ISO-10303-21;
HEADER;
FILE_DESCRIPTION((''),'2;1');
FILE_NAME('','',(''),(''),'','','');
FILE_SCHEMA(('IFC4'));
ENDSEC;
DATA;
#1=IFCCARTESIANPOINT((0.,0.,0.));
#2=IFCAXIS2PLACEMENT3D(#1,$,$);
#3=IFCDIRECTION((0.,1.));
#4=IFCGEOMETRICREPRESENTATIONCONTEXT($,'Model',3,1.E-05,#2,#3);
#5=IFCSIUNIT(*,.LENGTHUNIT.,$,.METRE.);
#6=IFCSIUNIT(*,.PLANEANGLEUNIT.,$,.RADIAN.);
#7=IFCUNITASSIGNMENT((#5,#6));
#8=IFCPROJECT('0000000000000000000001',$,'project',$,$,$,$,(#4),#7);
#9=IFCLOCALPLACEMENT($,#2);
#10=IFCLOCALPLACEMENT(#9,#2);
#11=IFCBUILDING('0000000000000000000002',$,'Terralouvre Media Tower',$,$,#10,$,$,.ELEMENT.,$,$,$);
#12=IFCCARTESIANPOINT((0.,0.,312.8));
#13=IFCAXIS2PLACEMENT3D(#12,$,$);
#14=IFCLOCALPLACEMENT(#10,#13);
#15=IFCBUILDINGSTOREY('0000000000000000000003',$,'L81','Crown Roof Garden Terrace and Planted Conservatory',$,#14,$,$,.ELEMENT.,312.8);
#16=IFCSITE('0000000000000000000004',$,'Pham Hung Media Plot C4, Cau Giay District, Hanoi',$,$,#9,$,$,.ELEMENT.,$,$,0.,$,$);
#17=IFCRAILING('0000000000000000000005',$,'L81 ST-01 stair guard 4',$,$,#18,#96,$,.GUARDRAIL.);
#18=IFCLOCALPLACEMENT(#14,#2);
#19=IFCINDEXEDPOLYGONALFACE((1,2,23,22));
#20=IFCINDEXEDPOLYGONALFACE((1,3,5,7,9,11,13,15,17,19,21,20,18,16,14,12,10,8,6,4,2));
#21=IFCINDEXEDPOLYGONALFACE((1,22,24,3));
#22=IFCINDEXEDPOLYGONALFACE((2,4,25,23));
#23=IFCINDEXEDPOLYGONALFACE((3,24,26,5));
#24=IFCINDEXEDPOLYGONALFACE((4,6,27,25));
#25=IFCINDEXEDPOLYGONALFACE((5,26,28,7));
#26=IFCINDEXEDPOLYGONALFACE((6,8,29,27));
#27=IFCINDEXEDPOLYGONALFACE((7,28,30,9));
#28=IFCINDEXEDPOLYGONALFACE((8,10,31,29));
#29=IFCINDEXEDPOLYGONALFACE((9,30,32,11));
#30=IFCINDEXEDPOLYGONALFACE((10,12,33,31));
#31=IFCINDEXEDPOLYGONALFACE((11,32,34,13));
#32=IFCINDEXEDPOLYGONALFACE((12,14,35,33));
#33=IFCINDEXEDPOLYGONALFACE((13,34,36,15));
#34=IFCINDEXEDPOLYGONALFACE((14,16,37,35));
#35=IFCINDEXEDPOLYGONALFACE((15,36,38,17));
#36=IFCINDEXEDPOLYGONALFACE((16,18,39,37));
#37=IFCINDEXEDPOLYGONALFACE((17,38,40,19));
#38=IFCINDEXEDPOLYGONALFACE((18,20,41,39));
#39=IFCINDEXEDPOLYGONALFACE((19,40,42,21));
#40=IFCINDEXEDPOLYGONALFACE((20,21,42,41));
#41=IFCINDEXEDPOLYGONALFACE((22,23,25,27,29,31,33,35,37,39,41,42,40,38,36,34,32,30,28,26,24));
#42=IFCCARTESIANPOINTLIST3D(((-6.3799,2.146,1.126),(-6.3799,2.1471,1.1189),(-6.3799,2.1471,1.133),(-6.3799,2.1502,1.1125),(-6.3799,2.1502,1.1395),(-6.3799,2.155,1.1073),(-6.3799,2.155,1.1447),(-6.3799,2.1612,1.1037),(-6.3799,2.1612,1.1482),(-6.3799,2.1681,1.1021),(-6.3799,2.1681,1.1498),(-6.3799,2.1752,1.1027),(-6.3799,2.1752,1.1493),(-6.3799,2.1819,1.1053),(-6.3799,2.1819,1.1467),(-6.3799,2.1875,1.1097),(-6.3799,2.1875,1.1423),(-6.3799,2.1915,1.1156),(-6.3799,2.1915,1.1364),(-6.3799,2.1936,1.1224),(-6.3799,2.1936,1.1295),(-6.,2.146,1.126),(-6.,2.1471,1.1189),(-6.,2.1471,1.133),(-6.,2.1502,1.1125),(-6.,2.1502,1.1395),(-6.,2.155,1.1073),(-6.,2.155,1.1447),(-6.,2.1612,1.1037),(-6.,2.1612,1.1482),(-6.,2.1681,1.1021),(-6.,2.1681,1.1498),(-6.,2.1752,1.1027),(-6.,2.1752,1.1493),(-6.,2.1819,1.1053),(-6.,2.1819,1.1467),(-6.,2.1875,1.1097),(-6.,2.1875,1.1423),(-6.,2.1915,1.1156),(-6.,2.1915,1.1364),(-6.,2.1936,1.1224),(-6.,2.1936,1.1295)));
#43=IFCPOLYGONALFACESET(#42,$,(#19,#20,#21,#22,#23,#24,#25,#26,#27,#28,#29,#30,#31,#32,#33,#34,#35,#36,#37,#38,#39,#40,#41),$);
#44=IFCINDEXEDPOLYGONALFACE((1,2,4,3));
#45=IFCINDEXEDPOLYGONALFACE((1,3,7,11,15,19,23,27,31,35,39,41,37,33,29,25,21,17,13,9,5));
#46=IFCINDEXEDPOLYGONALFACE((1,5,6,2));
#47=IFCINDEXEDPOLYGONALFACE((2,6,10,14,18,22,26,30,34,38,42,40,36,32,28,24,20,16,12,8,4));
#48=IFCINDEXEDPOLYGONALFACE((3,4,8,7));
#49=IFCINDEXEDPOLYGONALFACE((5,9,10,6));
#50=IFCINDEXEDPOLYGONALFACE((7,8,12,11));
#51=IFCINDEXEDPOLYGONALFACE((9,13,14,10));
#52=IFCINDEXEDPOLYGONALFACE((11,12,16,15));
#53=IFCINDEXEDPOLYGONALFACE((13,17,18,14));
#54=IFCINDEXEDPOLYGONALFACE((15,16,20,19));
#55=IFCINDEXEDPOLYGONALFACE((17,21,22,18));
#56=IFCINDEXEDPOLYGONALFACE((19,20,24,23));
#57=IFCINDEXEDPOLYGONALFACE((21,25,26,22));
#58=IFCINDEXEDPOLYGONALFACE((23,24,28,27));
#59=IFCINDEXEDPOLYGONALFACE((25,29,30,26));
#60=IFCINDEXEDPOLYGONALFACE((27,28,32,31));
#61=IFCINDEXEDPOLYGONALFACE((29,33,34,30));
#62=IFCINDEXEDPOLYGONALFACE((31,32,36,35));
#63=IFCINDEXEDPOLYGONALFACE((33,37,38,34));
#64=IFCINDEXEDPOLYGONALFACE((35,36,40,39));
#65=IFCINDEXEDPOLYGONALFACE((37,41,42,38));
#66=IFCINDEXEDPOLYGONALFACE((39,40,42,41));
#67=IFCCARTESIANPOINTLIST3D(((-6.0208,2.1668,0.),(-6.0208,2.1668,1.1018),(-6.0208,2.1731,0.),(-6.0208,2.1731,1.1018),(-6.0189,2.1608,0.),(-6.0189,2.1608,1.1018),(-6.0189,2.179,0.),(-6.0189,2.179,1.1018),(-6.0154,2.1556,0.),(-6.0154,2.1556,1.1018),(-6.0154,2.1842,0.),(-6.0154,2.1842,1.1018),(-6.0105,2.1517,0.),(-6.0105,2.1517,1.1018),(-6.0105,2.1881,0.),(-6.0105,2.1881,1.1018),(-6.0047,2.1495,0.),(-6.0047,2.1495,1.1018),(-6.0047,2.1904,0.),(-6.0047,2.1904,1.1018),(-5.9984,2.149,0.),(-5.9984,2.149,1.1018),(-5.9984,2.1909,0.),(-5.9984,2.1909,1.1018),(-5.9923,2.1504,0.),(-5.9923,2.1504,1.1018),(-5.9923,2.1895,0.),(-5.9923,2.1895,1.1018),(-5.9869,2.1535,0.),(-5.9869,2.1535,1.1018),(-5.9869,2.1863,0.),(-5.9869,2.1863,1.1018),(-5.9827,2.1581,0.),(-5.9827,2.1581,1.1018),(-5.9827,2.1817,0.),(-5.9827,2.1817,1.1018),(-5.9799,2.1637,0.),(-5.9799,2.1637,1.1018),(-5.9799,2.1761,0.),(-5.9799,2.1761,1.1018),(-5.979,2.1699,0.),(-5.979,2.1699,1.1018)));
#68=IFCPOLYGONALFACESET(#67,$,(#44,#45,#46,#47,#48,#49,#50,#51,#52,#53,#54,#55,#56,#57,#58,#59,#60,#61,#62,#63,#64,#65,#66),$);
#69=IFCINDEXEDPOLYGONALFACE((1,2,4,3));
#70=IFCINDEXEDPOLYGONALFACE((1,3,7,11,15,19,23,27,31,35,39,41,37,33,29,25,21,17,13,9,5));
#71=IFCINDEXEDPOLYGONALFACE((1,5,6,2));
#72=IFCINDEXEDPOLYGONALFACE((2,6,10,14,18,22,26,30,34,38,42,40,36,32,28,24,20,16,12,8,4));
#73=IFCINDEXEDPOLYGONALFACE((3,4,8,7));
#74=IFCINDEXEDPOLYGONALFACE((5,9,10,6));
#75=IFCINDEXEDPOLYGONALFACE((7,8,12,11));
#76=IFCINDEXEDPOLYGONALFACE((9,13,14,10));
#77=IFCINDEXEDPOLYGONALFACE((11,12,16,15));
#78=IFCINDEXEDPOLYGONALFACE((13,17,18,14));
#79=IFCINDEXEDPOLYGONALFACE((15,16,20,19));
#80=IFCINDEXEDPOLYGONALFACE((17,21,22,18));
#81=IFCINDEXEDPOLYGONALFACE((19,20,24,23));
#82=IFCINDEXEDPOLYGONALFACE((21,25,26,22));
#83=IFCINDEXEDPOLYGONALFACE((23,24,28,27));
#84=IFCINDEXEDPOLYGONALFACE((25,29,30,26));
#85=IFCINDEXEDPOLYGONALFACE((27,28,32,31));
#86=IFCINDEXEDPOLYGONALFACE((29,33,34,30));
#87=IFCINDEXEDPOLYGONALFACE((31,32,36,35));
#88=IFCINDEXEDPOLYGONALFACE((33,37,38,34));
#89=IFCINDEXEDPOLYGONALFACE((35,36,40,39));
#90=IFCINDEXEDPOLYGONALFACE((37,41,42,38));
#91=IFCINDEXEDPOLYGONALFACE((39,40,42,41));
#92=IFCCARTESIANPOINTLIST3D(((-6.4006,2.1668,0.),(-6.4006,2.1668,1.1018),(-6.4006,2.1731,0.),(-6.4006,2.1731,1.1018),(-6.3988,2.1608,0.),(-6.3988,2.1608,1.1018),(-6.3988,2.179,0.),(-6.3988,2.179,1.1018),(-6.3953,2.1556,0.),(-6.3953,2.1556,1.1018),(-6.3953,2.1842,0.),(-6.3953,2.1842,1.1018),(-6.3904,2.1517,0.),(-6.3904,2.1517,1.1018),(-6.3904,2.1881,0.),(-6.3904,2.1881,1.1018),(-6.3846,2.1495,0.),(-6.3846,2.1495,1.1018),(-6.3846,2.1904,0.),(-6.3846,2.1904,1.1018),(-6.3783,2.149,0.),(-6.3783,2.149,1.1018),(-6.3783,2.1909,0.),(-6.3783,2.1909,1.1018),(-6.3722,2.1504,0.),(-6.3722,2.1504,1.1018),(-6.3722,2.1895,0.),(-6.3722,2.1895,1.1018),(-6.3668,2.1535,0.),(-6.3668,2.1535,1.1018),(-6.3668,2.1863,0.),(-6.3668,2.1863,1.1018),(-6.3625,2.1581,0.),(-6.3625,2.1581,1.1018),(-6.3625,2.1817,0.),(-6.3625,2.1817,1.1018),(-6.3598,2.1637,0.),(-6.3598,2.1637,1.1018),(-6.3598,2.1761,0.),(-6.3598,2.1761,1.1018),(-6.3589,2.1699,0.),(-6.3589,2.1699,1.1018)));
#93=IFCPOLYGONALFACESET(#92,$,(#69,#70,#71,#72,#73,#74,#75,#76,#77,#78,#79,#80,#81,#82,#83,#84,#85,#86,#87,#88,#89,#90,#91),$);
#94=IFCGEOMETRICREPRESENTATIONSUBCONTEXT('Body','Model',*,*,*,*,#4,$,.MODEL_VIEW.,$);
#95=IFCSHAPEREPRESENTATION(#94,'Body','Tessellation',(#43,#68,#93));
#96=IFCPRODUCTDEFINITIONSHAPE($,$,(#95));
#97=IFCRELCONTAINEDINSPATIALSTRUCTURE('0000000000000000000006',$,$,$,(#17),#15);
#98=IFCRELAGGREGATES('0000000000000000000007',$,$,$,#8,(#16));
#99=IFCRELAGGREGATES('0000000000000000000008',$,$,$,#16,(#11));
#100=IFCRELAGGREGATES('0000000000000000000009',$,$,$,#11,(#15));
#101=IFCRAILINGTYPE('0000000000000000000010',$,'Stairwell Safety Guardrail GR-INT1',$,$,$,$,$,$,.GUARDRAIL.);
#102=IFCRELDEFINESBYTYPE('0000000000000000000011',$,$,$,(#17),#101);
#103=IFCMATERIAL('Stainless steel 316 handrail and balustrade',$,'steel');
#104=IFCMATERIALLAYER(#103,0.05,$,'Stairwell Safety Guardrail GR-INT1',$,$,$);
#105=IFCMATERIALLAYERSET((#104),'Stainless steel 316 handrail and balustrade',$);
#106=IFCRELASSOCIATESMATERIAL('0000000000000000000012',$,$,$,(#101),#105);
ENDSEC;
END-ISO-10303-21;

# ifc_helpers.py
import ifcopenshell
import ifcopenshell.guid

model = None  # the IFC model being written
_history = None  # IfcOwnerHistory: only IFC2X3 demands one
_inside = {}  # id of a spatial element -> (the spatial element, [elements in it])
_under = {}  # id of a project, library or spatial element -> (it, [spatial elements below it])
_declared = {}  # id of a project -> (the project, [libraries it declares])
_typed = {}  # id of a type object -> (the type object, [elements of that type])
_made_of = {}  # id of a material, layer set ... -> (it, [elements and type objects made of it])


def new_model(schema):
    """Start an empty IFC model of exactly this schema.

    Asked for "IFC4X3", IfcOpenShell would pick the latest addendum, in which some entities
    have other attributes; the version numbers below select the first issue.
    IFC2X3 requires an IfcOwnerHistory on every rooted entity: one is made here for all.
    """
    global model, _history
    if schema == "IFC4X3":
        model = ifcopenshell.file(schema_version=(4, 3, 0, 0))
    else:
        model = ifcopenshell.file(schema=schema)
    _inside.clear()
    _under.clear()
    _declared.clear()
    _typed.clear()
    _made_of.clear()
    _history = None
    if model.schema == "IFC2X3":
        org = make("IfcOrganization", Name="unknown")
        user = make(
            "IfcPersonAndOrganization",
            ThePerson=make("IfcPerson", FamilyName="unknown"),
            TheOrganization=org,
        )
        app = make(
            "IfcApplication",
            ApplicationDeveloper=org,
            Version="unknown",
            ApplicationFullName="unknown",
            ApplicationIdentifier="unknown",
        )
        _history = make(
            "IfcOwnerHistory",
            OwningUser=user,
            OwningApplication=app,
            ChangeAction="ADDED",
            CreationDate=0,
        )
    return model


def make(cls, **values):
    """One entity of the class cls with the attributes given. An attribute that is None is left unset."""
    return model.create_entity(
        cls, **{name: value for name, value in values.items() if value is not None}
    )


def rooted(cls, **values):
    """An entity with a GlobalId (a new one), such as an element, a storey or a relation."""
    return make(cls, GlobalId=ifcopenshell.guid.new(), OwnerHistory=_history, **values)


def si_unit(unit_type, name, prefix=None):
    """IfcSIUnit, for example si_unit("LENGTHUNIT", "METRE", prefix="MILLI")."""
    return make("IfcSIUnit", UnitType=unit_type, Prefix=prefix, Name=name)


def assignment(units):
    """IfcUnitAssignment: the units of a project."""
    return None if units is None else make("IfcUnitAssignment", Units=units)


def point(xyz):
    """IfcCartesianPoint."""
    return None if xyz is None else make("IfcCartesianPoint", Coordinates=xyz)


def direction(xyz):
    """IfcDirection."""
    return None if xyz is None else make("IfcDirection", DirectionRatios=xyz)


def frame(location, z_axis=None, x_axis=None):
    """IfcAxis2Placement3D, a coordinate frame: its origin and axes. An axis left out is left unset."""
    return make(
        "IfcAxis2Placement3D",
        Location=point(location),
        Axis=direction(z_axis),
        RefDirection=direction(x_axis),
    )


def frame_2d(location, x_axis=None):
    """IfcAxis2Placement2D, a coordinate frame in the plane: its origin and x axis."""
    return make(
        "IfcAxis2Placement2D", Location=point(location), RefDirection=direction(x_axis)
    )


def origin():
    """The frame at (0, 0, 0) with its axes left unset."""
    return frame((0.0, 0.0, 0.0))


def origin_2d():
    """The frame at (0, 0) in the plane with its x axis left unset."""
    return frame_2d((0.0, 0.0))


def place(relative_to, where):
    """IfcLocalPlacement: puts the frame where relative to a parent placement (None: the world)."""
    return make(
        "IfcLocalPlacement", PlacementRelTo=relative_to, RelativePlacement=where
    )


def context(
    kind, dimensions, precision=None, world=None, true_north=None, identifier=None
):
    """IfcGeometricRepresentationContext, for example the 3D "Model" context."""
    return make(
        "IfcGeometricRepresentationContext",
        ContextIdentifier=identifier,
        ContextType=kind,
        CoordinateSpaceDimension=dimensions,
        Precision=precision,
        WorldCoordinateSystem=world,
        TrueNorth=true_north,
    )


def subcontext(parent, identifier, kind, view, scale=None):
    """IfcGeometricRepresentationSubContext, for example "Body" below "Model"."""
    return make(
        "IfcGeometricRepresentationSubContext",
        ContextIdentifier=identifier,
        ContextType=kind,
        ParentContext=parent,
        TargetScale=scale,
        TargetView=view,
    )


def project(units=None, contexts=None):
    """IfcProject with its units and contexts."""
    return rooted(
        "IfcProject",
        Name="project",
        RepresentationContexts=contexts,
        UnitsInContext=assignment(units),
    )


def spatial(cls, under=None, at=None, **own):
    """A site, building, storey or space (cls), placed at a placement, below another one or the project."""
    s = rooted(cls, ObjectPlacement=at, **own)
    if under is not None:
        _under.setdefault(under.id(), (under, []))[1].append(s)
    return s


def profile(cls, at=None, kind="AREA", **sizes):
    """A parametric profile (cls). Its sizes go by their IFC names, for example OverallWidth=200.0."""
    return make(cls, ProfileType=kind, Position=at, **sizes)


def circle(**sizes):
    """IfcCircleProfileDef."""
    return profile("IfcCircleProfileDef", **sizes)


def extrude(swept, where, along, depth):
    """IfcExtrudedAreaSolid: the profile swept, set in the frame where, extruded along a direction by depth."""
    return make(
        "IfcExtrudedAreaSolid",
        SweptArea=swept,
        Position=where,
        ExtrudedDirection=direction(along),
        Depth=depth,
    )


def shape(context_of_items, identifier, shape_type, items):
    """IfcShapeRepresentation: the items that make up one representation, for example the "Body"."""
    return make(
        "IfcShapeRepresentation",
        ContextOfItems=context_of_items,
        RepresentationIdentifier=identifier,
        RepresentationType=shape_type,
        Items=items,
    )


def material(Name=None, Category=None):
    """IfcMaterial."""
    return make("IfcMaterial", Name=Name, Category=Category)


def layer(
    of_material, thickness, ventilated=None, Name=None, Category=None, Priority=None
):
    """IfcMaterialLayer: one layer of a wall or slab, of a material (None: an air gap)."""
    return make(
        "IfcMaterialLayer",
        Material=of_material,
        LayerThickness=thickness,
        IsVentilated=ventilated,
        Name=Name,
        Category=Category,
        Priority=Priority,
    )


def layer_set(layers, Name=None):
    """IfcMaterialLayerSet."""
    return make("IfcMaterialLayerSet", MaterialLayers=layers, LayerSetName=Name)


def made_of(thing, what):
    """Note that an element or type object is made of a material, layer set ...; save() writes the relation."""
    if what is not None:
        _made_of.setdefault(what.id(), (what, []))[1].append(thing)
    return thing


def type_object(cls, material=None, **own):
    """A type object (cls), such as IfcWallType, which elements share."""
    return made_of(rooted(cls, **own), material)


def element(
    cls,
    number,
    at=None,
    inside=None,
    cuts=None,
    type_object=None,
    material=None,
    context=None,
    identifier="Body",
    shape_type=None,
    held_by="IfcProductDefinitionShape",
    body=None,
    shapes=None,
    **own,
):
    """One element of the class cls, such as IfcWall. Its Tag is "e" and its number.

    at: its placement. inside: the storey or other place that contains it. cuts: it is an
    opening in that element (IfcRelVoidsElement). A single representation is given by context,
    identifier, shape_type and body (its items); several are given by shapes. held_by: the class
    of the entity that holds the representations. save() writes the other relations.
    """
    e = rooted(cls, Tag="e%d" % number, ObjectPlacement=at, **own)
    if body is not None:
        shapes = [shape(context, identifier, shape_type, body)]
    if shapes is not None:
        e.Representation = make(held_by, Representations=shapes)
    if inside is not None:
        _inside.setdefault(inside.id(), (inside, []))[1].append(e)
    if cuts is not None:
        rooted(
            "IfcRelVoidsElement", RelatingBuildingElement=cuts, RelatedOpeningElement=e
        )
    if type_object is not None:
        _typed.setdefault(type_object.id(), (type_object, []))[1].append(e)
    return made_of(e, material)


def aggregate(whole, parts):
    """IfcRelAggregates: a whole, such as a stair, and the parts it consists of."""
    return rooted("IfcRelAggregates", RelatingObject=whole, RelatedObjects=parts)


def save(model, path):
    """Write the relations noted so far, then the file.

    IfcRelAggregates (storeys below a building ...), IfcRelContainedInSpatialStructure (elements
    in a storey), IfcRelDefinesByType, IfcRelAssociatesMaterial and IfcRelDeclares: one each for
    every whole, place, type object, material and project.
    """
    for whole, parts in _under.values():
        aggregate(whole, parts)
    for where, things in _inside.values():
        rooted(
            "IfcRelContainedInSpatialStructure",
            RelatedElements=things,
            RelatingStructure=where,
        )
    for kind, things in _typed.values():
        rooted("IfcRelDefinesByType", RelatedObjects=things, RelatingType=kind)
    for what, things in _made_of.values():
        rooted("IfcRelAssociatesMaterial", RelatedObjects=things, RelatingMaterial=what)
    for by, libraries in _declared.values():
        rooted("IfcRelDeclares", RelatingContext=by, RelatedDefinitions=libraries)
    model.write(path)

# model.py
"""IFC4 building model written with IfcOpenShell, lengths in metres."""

from ifc_helpers import new_model, si_unit, direction, frame, origin, origin_2d, place, context, subcontext, project, spatial, circle, extrude, material, layer, layer_set, type_object, element, save


model = new_model("IFC4")

# Units and contexts
model_context = context("Model", 3, precision=1e-05, world=origin(), true_north=direction((0.0, 1.0)))
body_context = subcontext(model_context, "Body", "Model", "MODEL_VIEW")
ifc_project = project(units=[si_unit("LENGTHUNIT", "METRE"), si_unit("PLANEANGLEUNIT", "RADIAN")], contexts=[model_context])

# Site, building, storey
site_placement = place(None, origin())
site = spatial("IfcSite", under=ifc_project, at=site_placement, Name="Pham Hung Media Plot C4, Cau Giay District, Hanoi", CompositionType="ELEMENT", RefElevation=0.0)
building_placement = place(site_placement, origin())
building = spatial("IfcBuilding", under=site, at=building_placement, Name="Terralouvre Media Tower", CompositionType="ELEMENT")
storey_placement = place(building_placement, frame((0.0, 0.0, 312.8)))
storey = spatial("IfcBuildingStorey", under=building, at=storey_placement, Name="L81", Description="Crown Roof Garden Terrace and Planted Conservatory", CompositionType="ELEMENT", Elevation=312.8)

# Railing
ifc_material_1 = material(Name="Stainless steel 316 handrail and balustrade", Category="steel")
ifc_layer_1 = layer(ifc_material_1, 0.05, Name="Stairwell Safety Guardrail GR-INT1")
ifc_layer_set_1 = layer_set([ifc_layer_1], Name="Stainless steel 316 handrail and balustrade")
railing_type = type_object("IfcRailingType", Name="Stairwell Safety Guardrail GR-INT1", PredefinedType="GUARDRAIL", material=ifc_layer_set_1)
railing_placement = place(storey_placement, frame((-6.0, 2.1699, 0.0)))
element("IfcRailing", 1, at=railing_placement, inside=storey, type_object=railing_type, Name="L81 ST-01 stair guard 4", PredefinedType="GUARDRAIL", context=body_context, shape_type="SweptSolid", body=[
    extrude(circle(Radius=0.0239, at=origin_2d()), frame((0.0, 0.0, 1.126), z_axis=(-1.0, 0.0, 0.0), x_axis=(0.0, -1.0, 0.0)), (0.0, 0.0, 1.0), 0.3799),
    extrude(circle(Radius=0.021, at=origin_2d()), origin(), (0.0, 0.0, 1.0), 1.1018),
    extrude(circle(Radius=0.021, at=origin_2d()), frame((-0.3799, 0.0, 0.0)), (0.0, 0.0, 1.0), 1.1018),
])

save(model, "model.ifc")
